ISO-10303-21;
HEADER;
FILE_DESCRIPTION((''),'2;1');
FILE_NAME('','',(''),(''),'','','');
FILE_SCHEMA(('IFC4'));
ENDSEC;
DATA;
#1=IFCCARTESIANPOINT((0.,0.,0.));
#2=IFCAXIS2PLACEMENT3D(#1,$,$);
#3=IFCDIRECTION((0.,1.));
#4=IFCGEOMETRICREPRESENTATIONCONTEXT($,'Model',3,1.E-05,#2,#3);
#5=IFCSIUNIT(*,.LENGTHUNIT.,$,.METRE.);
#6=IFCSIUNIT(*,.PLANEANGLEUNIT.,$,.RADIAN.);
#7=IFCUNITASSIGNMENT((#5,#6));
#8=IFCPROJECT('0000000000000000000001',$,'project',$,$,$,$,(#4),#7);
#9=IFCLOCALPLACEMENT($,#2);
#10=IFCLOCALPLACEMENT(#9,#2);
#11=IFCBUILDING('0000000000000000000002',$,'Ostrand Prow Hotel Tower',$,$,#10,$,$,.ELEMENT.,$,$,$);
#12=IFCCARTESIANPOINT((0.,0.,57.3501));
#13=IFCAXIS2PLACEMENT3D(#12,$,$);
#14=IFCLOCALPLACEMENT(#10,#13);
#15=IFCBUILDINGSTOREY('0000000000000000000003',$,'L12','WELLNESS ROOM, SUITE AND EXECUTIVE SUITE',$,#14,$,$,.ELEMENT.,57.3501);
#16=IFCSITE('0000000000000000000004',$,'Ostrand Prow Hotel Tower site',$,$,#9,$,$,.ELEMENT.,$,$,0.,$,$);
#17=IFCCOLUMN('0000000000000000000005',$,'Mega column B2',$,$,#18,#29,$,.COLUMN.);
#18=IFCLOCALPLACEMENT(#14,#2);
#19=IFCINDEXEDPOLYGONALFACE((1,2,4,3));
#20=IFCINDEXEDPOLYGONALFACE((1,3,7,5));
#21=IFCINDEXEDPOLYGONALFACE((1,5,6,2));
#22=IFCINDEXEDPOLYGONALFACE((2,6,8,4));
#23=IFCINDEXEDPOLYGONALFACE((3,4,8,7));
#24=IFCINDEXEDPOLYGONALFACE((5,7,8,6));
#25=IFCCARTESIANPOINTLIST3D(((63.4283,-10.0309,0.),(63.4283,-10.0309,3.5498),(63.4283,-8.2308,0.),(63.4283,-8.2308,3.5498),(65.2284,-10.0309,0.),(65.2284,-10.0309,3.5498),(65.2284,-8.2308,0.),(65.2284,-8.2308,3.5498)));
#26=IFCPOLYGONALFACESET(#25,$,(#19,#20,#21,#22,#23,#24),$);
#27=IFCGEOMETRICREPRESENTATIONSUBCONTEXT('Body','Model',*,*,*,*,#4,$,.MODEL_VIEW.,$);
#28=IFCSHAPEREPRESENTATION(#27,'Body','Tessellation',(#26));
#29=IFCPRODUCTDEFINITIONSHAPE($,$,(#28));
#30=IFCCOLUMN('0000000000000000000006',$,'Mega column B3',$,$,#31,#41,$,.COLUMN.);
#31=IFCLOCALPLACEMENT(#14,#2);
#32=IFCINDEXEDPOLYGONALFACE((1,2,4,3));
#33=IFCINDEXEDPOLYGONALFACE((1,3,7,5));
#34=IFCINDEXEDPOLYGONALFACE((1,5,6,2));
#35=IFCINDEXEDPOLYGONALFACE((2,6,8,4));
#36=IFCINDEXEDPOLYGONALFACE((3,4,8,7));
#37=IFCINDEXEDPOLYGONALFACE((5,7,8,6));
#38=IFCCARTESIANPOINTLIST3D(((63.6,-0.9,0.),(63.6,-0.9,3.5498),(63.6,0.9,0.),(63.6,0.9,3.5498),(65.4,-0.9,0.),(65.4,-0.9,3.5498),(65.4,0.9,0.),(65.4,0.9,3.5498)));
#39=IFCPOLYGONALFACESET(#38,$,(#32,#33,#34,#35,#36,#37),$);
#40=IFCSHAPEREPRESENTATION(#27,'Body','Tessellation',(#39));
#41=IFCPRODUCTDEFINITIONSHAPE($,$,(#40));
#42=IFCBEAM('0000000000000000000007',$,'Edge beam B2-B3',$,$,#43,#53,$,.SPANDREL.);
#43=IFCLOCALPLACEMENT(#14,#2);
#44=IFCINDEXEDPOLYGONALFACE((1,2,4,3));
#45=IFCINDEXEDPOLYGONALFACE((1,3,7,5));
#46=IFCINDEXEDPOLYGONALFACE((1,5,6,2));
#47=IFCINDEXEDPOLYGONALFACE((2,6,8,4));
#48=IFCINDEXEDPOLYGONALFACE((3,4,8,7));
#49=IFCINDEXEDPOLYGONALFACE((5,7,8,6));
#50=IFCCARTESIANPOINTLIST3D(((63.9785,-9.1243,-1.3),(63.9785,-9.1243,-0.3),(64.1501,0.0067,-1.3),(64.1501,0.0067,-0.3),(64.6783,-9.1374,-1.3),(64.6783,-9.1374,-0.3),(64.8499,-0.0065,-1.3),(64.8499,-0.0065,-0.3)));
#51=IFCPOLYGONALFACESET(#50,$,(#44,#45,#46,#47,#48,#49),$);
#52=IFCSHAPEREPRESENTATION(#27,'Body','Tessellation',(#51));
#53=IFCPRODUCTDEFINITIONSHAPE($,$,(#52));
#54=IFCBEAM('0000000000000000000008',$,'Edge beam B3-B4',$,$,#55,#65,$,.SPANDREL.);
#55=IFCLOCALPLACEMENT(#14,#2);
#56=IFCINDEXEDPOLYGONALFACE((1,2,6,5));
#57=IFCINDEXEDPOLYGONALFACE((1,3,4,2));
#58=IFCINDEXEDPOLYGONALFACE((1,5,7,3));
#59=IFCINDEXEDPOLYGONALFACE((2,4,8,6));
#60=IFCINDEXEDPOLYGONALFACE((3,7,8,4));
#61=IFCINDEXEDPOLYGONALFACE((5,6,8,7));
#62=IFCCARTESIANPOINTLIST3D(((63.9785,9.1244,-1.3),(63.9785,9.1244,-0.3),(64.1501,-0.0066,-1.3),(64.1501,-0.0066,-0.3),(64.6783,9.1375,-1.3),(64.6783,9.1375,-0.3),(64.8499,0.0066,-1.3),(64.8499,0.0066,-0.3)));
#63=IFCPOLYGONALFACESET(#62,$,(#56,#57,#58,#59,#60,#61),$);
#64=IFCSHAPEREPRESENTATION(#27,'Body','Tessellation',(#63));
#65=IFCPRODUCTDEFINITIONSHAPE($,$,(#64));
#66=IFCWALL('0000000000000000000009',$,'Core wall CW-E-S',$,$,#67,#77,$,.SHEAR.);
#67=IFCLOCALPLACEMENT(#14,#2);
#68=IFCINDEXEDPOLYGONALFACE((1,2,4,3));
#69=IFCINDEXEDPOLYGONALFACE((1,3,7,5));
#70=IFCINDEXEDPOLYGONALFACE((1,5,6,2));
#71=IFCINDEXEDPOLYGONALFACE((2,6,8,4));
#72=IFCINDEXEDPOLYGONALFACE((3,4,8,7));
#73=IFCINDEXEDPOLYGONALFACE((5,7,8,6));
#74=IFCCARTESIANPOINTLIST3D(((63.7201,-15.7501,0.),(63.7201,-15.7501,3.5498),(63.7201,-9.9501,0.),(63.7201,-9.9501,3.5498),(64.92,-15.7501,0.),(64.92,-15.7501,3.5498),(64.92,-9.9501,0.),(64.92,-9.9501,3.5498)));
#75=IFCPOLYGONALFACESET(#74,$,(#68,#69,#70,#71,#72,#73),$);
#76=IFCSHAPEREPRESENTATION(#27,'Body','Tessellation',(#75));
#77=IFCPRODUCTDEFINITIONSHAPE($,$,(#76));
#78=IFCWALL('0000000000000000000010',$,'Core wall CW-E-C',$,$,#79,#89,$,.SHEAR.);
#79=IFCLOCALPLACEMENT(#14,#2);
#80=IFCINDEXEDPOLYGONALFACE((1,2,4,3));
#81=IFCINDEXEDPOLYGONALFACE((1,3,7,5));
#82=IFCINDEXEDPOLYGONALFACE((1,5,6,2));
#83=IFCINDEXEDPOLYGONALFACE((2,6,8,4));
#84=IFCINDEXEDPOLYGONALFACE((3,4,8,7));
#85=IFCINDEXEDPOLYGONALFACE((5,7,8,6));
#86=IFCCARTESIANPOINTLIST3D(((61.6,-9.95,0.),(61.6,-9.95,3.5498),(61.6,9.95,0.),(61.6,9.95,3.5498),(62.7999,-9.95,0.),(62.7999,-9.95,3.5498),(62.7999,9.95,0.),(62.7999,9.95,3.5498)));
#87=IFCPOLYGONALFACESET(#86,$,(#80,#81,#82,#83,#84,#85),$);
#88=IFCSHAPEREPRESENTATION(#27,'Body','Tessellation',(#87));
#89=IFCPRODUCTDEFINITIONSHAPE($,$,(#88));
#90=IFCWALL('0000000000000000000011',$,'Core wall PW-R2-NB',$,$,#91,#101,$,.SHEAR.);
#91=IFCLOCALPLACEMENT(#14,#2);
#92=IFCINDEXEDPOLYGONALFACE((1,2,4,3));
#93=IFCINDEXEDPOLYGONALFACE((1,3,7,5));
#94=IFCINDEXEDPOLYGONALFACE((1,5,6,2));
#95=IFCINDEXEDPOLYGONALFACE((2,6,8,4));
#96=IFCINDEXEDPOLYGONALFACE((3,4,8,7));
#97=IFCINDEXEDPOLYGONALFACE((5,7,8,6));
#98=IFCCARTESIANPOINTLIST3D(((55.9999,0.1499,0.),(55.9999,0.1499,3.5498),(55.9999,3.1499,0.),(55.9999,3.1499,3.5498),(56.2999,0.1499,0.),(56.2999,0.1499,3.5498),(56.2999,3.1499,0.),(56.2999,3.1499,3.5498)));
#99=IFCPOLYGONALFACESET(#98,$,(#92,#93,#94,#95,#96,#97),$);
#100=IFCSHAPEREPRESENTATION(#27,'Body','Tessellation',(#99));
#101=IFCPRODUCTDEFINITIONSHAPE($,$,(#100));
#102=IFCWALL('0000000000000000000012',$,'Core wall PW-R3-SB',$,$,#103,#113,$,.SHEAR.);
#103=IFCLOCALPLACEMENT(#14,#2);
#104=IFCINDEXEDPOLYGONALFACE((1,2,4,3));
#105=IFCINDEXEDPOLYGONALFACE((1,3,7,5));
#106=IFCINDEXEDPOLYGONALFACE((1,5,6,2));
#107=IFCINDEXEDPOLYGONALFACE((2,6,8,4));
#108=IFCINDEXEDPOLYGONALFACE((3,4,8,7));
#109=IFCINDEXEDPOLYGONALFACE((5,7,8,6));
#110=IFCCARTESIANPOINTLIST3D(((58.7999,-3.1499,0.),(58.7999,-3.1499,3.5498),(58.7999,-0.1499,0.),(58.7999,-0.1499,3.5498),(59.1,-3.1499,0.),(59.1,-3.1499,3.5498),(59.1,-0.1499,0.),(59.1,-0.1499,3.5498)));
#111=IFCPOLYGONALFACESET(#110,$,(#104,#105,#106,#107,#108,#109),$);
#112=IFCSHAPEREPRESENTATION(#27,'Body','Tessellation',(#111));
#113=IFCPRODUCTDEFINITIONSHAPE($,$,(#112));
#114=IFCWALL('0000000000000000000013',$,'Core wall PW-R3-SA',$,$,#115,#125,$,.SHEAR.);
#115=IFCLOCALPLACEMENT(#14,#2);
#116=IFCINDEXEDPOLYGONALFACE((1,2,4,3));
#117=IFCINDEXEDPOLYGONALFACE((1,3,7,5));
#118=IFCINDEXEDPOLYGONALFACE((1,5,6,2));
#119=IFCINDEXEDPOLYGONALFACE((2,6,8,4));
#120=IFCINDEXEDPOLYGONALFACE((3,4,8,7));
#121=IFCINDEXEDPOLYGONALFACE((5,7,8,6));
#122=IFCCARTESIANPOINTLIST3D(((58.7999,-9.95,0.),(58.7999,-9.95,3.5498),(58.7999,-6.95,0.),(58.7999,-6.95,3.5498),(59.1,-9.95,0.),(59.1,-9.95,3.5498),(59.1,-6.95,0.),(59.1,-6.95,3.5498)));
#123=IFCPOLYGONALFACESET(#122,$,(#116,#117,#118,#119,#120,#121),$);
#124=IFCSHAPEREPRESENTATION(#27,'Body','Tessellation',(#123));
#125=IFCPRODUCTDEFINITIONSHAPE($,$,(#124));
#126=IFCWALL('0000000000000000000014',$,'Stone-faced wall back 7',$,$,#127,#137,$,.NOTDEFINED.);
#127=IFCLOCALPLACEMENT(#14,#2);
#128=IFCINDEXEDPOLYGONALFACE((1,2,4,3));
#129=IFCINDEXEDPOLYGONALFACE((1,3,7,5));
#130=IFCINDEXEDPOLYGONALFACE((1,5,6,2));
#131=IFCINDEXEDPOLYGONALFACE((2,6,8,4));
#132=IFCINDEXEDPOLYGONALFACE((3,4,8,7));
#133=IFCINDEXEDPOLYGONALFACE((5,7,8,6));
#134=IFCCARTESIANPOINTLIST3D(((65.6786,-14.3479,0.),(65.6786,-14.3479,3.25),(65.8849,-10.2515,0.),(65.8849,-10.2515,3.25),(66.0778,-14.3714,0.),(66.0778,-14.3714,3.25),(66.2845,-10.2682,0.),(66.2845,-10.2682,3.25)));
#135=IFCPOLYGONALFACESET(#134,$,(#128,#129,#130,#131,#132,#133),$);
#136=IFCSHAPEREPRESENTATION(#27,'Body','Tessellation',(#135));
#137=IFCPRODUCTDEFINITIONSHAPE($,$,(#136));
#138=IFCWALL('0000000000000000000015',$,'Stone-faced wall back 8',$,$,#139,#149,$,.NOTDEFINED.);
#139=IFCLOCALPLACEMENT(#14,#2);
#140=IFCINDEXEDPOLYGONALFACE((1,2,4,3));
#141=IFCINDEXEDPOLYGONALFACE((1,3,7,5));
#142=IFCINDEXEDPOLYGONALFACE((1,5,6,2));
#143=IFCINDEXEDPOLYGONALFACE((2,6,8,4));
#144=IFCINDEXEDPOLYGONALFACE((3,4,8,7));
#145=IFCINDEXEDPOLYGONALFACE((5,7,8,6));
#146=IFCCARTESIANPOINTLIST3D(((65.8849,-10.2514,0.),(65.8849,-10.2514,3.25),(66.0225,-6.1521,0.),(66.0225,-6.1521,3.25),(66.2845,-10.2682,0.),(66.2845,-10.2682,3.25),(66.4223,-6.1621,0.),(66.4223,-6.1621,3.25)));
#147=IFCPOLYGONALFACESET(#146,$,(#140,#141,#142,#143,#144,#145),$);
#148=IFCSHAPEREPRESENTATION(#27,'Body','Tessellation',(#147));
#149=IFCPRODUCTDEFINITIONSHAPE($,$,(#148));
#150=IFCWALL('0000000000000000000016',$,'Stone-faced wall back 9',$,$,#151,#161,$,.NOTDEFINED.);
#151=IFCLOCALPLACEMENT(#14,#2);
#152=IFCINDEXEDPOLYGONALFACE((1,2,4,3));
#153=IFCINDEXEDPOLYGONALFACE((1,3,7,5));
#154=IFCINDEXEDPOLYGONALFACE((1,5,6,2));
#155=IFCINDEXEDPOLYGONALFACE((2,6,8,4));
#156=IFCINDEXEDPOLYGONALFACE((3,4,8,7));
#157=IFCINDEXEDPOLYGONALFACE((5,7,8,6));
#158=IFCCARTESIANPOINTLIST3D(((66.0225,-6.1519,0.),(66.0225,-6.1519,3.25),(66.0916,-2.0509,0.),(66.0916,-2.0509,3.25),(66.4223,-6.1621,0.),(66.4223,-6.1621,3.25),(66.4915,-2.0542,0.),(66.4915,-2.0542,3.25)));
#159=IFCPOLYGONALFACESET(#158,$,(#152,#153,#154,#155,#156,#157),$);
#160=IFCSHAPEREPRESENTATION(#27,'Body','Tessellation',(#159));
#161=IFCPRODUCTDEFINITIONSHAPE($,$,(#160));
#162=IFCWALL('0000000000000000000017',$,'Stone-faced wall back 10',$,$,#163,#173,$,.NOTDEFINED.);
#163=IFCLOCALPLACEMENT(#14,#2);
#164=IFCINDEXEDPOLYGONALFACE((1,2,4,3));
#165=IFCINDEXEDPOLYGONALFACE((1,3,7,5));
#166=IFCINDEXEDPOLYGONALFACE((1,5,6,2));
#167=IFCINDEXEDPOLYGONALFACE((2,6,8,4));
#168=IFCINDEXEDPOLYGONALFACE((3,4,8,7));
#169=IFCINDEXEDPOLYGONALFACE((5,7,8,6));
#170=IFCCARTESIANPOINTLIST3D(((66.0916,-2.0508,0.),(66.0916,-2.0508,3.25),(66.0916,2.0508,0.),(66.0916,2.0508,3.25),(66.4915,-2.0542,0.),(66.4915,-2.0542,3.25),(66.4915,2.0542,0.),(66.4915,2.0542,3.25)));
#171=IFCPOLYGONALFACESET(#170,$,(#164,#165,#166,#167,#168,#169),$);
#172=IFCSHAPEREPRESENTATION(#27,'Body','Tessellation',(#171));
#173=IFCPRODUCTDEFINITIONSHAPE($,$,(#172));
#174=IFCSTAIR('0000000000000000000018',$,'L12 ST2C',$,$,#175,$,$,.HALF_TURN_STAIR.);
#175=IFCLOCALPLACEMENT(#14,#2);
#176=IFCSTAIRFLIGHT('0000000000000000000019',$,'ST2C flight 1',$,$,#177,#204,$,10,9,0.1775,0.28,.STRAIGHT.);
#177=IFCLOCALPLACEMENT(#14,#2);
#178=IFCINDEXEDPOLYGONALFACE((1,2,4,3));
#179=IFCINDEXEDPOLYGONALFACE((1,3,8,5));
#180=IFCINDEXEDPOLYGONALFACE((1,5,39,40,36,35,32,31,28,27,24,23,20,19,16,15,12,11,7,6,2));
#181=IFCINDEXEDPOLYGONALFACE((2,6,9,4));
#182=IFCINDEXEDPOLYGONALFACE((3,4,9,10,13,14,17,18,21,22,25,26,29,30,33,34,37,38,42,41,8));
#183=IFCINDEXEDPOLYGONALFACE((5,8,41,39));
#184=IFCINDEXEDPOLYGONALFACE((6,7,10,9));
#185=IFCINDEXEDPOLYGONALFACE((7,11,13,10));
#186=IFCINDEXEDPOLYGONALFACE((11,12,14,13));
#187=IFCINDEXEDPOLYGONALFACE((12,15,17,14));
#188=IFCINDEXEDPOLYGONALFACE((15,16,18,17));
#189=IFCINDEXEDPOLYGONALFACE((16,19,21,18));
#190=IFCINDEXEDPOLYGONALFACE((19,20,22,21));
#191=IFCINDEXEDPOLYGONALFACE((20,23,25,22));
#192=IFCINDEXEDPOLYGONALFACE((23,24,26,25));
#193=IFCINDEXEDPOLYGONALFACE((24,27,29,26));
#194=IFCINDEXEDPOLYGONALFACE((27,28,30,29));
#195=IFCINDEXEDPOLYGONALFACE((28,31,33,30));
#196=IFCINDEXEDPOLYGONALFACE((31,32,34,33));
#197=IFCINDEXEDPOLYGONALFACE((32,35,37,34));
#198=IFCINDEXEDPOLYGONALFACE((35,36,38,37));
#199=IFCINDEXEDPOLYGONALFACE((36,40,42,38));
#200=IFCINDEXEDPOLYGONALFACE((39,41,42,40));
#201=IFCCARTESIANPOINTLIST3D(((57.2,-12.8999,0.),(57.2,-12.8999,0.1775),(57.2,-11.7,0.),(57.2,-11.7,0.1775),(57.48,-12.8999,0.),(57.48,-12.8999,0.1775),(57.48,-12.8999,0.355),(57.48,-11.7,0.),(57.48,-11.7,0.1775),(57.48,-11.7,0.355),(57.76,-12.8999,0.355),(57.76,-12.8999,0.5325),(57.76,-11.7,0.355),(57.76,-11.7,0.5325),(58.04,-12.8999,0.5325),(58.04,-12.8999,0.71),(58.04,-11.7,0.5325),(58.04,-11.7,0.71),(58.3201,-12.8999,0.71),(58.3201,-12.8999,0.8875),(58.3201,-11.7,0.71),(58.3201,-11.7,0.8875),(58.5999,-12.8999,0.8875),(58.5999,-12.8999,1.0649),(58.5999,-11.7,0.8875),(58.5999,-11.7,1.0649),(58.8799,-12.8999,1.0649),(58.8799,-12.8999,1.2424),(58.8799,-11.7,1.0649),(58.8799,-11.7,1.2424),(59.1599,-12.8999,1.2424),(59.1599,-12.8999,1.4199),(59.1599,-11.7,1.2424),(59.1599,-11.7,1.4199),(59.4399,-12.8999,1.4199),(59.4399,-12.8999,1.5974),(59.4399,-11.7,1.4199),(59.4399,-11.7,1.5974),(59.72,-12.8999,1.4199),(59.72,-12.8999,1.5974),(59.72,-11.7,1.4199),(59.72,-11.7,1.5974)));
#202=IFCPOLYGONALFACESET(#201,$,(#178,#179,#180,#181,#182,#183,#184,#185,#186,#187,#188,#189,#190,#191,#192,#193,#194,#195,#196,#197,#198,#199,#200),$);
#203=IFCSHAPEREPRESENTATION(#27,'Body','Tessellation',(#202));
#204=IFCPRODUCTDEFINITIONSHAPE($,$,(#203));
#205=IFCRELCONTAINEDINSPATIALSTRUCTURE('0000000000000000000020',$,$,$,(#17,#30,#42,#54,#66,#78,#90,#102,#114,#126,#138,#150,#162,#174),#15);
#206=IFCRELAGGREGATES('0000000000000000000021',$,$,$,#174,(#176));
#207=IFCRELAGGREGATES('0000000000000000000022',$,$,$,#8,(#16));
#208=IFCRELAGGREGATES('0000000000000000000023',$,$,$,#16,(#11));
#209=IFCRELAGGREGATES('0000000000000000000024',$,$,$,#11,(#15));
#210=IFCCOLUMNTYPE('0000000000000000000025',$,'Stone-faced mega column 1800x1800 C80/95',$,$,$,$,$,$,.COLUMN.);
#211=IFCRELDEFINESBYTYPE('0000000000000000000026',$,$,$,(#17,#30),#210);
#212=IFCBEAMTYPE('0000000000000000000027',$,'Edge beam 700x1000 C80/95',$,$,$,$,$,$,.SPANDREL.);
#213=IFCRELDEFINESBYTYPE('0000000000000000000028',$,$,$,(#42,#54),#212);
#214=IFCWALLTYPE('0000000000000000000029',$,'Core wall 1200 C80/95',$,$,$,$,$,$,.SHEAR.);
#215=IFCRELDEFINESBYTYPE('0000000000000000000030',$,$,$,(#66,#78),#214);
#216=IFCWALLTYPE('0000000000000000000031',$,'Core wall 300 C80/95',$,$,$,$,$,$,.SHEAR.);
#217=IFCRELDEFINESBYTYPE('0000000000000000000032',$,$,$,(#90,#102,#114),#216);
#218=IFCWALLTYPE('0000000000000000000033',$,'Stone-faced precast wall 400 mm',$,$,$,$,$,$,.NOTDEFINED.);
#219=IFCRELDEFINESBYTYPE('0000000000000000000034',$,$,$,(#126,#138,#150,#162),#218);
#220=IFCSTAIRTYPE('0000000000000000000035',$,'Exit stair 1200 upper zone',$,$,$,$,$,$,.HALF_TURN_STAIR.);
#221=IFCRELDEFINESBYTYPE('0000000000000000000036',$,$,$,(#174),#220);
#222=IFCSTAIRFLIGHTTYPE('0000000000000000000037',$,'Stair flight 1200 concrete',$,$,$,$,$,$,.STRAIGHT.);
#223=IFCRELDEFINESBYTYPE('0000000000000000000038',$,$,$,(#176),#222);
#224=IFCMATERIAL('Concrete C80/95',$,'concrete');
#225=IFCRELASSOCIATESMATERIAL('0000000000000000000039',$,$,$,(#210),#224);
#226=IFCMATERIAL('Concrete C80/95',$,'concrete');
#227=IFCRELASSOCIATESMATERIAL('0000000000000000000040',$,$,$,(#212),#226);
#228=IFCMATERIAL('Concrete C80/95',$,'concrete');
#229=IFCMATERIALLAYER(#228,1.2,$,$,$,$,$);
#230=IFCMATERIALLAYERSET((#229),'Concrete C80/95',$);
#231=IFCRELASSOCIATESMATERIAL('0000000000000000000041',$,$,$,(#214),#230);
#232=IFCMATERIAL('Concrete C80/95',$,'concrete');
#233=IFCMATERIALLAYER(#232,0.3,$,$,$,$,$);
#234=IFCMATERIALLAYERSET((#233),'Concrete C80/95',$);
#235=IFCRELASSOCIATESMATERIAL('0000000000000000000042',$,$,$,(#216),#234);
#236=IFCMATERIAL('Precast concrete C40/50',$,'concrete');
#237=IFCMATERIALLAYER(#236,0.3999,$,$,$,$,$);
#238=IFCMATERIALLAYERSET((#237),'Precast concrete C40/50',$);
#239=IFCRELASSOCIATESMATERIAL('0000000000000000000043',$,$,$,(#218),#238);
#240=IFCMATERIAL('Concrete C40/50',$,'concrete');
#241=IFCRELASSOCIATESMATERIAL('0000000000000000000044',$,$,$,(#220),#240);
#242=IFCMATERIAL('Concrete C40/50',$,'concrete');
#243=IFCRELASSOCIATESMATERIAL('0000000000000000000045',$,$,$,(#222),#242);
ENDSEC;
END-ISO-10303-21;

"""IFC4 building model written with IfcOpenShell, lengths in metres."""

from ifc_helpers import new_model, si_unit, direction, frame, frame_2d, origin, origin_2d, place, context, subcontext, project, spatial, polyline, rectangle, outline, extrude, material, layer, layer_set, material_profile, profile_set, type_object, element, aggregate, save


model = new_model("IFC4")

# Units and contexts
model_context = context("Model", 3, precision=1e-05, world=origin(), true_north=direction((0.0, 1.0)))
body_context = subcontext(model_context, "Body", "Model", "MODEL_VIEW")
ifc_project = project(units=[si_unit("LENGTHUNIT", "METRE"), si_unit("PLANEANGLEUNIT", "RADIAN")], contexts=[model_context])

# Site, building, storey
site_placement = place(None, origin())
site = spatial("IfcSite", under=ifc_project, at=site_placement, Name="Ostrand Prow Hotel Tower site", CompositionType="ELEMENT", RefElevation=0.0)
building_placement = place(site_placement, origin())
building = spatial("IfcBuilding", under=site, at=building_placement, Name="Ostrand Prow Hotel Tower", CompositionType="ELEMENT")
storey_placement = place(building_placement, frame((0.0, 0.0, 57.3501)))
storey = spatial("IfcBuildingStorey", under=building, at=storey_placement, Name="L12", Description="WELLNESS ROOM, SUITE AND EXECUTIVE SUITE", CompositionType="ELEMENT", Elevation=57.3501)

# Columns
ifc_material_1 = material(Name="Concrete C80/95", Category="concrete")
ifc_material_profile_1 = material_profile(ifc_material_1, rectangle(XDim=1.8, YDim=1.8, at=origin_2d()), Name="RC 1800x1800")
ifc_profile_set_1 = profile_set([ifc_material_profile_1], Name="Concrete C80/95")
column_type = type_object("IfcColumnType", Name="Stone-faced mega column 1800x1800 C80/95", PredefinedType="COLUMN", material=ifc_profile_set_1)
for number, where, z_axis, x_axis, name in (
    (1, (64.3284, -9.1309, 0.0), (0.0, 0.0, 1.0), (1.0, 0.0, 0.0), "Mega column B2"),
    (2, (64.5, 0.0, 0.0), (0.0, 0.0, 1.0), (1.0, 0.0, 0.0), "Mega column B3"),
):
    element("IfcColumn", number, at=place(storey_placement, frame(where, z_axis=z_axis, x_axis=x_axis)), inside=storey, type_object=column_type, Name=name, PredefinedType="COLUMN", context=body_context, shape_type="SweptSolid", body=[
        extrude(rectangle(XDim=1.8, YDim=1.8, at=origin_2d()), origin(), (0.0, 0.0, 1.0), 3.5498),
    ])

# Beams
ifc_material_2 = material(Name="Concrete C80/95", Category="concrete")
ifc_material_profile_2 = material_profile(ifc_material_2, rectangle(XDim=0.7, YDim=1.0, at=origin_2d()), Name="RC 700x1000")
ifc_profile_set_2 = profile_set([ifc_material_profile_2], Name="Concrete C80/95")
beam_type = type_object("IfcBeamType", Name="Edge beam 700x1000 C80/95", PredefinedType="SPANDREL", material=ifc_profile_set_2)
for number, where, z_axis, x_axis, name in (
    (3, (64.3284, -9.1309, -0.8), (0.018793, 0.999823, 0.0), (-0.999823, 0.018793, 0.0), "Edge beam B2-B3"),
    (4, (64.5, 0.0, -0.8), (-0.018793, 0.999823, 0.0), (-0.999823, -0.018793, 0.0), "Edge beam B3-B4"),
):
    element("IfcBeam", number, at=place(storey_placement, frame(where, z_axis=z_axis, x_axis=x_axis)), inside=storey, type_object=beam_type, Name=name, PredefinedType="SPANDREL", context=body_context, shape_type="SweptSolid", body=[
        extrude(rectangle(XDim=0.7, YDim=1.0, at=origin_2d()), origin(), (0.0, 0.0, 1.0), 9.1326),
    ])

# Walls
ifc_material_3 = material(Name="Concrete C80/95", Category="concrete")
ifc_layer_1 = layer(ifc_material_3, 1.2)
ifc_layer_set_1 = layer_set([ifc_layer_1], Name="Concrete C80/95")
wall_type_1 = type_object("IfcWallType", Name="Core wall 1200 C80/95", PredefinedType="SHEAR", material=ifc_layer_set_1)
wall_1_placement = place(storey_placement, frame((64.3201, -15.75, 0.0), z_axis=(0.0, 0.0, 1.0), x_axis=(0.0, 1.0, 0.0)))
element("IfcWall", 5, at=wall_1_placement, inside=storey, type_object=wall_type_1, Name="Core wall CW-E-S", PredefinedType="SHEAR", context=body_context, shape_type="SweptSolid", body=[
    extrude(rectangle(XDim=5.8, YDim=1.2, at=frame_2d((2.8999, 0.0))), origin(), (0.0, 0.0, 1.0), 3.5498),
])
wall_2_placement = place(storey_placement, frame((62.2, -9.95, 0.0), z_axis=(0.0, 0.0, 1.0), x_axis=(0.0, 1.0, 0.0)))
element("IfcWall", 6, at=wall_2_placement, inside=storey, type_object=wall_type_1, Name="Core wall CW-E-C", PredefinedType="SHEAR", context=body_context, shape_type="SweptSolid", body=[
    extrude(rectangle(XDim=19.8999, YDim=1.2, at=frame_2d((9.95, 0.0))), origin(), (0.0, 0.0, 1.0), 3.5498),
])
ifc_material_4 = material(Name="Concrete C80/95", Category="concrete")
ifc_layer_2 = layer(ifc_material_4, 0.3)
ifc_layer_set_2 = layer_set([ifc_layer_2], Name="Concrete C80/95")
wall_type_2 = type_object("IfcWallType", Name="Core wall 300 C80/95", PredefinedType="SHEAR", material=ifc_layer_set_2)
for number, where, z_axis, x_axis, name in (
    (7, (56.1499, 0.1499, 0.0), (0.0, 0.0, 1.0), (0.0, 1.0, 0.0), "Core wall PW-R2-NB"),
    (8, (58.95, -3.1499, 0.0), (0.0, 0.0, 1.0), (0.0, 1.0, 0.0), "Core wall PW-R3-SB"),
    (9, (58.95, -9.95, 0.0), (0.0, 0.0, 1.0), (0.0, 1.0, 0.0), "Core wall PW-R3-SA"),
):
    element("IfcWall", number, at=place(storey_placement, frame(where, z_axis=z_axis, x_axis=x_axis)), inside=storey, type_object=wall_type_2, Name=name, PredefinedType="SHEAR", context=body_context, shape_type="SweptSolid", body=[
        extrude(rectangle(XDim=3.0, YDim=0.3, at=frame_2d((1.5, 0.0))), origin(), (0.0, 0.0, 1.0), 3.5498),
    ])
ifc_material_5 = material(Name="Precast concrete C40/50", Category="concrete")
ifc_layer_3 = layer(ifc_material_5, 0.3999)
ifc_layer_set_3 = layer_set([ifc_layer_3], Name="Precast concrete C40/50")
wall_type_3 = type_object("IfcWallType", Name="Stone-faced precast wall 400 mm", PredefinedType="NOTDEFINED", material=ifc_layer_set_3)
for number, where, z_axis, x_axis, name in (
    (10, (65.8782, -14.3596, 0.0), (0.0, 0.0, 1.0), (0.050314, 0.998733, 0.0), "Stone-faced wall back 7"),
    (11, (66.0847, -10.2598, 0.0), (0.0, 0.0, 1.0), (0.033543, 0.999437, 0.0), "Stone-faced wall back 8"),
    (12, (66.2224, -6.157, 0.0), (0.0, 0.0, 1.0), (0.016831, 0.999858, 0.0), "Stone-faced wall back 9"),
    (13, (66.2915, -2.0525, 0.0), (0.0, 0.0, 1.0), (0.0, 1.0, 0.0), "Stone-faced wall back 10"),
):
    element("IfcWall", number, at=place(storey_placement, frame(where, z_axis=z_axis, x_axis=x_axis)), inside=storey, type_object=wall_type_3, Name=name, PredefinedType="NOTDEFINED", context=body_context, shape_type="SweptSolid", body=[
        extrude(outline(polyline([(-0.0017, -0.2), (4.1067, -0.2), (4.1033, 0.2), (0.0017, 0.2), (-0.0017, -0.2)])), origin(), (0.0, 0.0, 1.0), 3.25),
    ])

# Stair, stair flight
ifc_material_6 = material(Name="Concrete C40/50", Category="concrete")
stair_type = type_object("IfcStairType", Name="Exit stair 1200 upper zone", PredefinedType="HALF_TURN_STAIR", material=ifc_material_6)
stair_placement = place(storey_placement, origin())
stair = element("IfcStair", 14, at=stair_placement, inside=storey, type_object=stair_type, Name="L12 ST2C", PredefinedType="HALF_TURN_STAIR")
ifc_material_7 = material(Name="Concrete C40/50", Category="concrete")
stair_flight_type = type_object("IfcStairFlightType", Name="Stair flight 1200 concrete", PredefinedType="STRAIGHT", material=ifc_material_7)
stair_flight_1_placement = place(storey_placement, frame((57.2, -12.3, 0.0), z_axis=(0.0, 0.0, 1.0), x_axis=(1.0, 0.0, 0.0)))
stair_flight_1 = element("IfcStairFlight", 15, at=stair_flight_1_placement, type_object=stair_flight_type, Name="ST2C flight 1", NumberOfRisers=10, NumberOfTreads=9, PredefinedType="STRAIGHT", RiserHeight=0.1775, TreadLength=0.28, context=body_context, shape_type="SweptSolid", body=[
    extrude(outline(polyline([(0.0, 0.0), (0.0, 0.1775), (0.28, 0.1775), (0.28, 0.355), (0.5601, 0.355), (0.5601, 0.5325), (0.8401, 0.5325), (0.8401, 0.71), (1.1201, 0.71), (1.1201, 0.8875), (1.3999, 0.8875), (1.3999, 1.0649), (1.6799, 1.0649), (1.6799, 1.2424), (1.96, 1.2424), (1.96, 1.4199), (2.24, 1.4199), (2.24, 1.5974), (2.52, 1.5974), (2.52, 1.7749), (2.52, 1.4199), (0.28, 0.0), (0.0, 0.0)])), frame((0.0, 0.6001, 0.0), z_axis=(0.0, -1.0, 0.0), x_axis=(1.0, 0.0, 0.0)), (0.0, 0.0, 1.0), 1.2),
])
aggregate(stair, [stair_flight_1])

save(model, "model.ifc")
